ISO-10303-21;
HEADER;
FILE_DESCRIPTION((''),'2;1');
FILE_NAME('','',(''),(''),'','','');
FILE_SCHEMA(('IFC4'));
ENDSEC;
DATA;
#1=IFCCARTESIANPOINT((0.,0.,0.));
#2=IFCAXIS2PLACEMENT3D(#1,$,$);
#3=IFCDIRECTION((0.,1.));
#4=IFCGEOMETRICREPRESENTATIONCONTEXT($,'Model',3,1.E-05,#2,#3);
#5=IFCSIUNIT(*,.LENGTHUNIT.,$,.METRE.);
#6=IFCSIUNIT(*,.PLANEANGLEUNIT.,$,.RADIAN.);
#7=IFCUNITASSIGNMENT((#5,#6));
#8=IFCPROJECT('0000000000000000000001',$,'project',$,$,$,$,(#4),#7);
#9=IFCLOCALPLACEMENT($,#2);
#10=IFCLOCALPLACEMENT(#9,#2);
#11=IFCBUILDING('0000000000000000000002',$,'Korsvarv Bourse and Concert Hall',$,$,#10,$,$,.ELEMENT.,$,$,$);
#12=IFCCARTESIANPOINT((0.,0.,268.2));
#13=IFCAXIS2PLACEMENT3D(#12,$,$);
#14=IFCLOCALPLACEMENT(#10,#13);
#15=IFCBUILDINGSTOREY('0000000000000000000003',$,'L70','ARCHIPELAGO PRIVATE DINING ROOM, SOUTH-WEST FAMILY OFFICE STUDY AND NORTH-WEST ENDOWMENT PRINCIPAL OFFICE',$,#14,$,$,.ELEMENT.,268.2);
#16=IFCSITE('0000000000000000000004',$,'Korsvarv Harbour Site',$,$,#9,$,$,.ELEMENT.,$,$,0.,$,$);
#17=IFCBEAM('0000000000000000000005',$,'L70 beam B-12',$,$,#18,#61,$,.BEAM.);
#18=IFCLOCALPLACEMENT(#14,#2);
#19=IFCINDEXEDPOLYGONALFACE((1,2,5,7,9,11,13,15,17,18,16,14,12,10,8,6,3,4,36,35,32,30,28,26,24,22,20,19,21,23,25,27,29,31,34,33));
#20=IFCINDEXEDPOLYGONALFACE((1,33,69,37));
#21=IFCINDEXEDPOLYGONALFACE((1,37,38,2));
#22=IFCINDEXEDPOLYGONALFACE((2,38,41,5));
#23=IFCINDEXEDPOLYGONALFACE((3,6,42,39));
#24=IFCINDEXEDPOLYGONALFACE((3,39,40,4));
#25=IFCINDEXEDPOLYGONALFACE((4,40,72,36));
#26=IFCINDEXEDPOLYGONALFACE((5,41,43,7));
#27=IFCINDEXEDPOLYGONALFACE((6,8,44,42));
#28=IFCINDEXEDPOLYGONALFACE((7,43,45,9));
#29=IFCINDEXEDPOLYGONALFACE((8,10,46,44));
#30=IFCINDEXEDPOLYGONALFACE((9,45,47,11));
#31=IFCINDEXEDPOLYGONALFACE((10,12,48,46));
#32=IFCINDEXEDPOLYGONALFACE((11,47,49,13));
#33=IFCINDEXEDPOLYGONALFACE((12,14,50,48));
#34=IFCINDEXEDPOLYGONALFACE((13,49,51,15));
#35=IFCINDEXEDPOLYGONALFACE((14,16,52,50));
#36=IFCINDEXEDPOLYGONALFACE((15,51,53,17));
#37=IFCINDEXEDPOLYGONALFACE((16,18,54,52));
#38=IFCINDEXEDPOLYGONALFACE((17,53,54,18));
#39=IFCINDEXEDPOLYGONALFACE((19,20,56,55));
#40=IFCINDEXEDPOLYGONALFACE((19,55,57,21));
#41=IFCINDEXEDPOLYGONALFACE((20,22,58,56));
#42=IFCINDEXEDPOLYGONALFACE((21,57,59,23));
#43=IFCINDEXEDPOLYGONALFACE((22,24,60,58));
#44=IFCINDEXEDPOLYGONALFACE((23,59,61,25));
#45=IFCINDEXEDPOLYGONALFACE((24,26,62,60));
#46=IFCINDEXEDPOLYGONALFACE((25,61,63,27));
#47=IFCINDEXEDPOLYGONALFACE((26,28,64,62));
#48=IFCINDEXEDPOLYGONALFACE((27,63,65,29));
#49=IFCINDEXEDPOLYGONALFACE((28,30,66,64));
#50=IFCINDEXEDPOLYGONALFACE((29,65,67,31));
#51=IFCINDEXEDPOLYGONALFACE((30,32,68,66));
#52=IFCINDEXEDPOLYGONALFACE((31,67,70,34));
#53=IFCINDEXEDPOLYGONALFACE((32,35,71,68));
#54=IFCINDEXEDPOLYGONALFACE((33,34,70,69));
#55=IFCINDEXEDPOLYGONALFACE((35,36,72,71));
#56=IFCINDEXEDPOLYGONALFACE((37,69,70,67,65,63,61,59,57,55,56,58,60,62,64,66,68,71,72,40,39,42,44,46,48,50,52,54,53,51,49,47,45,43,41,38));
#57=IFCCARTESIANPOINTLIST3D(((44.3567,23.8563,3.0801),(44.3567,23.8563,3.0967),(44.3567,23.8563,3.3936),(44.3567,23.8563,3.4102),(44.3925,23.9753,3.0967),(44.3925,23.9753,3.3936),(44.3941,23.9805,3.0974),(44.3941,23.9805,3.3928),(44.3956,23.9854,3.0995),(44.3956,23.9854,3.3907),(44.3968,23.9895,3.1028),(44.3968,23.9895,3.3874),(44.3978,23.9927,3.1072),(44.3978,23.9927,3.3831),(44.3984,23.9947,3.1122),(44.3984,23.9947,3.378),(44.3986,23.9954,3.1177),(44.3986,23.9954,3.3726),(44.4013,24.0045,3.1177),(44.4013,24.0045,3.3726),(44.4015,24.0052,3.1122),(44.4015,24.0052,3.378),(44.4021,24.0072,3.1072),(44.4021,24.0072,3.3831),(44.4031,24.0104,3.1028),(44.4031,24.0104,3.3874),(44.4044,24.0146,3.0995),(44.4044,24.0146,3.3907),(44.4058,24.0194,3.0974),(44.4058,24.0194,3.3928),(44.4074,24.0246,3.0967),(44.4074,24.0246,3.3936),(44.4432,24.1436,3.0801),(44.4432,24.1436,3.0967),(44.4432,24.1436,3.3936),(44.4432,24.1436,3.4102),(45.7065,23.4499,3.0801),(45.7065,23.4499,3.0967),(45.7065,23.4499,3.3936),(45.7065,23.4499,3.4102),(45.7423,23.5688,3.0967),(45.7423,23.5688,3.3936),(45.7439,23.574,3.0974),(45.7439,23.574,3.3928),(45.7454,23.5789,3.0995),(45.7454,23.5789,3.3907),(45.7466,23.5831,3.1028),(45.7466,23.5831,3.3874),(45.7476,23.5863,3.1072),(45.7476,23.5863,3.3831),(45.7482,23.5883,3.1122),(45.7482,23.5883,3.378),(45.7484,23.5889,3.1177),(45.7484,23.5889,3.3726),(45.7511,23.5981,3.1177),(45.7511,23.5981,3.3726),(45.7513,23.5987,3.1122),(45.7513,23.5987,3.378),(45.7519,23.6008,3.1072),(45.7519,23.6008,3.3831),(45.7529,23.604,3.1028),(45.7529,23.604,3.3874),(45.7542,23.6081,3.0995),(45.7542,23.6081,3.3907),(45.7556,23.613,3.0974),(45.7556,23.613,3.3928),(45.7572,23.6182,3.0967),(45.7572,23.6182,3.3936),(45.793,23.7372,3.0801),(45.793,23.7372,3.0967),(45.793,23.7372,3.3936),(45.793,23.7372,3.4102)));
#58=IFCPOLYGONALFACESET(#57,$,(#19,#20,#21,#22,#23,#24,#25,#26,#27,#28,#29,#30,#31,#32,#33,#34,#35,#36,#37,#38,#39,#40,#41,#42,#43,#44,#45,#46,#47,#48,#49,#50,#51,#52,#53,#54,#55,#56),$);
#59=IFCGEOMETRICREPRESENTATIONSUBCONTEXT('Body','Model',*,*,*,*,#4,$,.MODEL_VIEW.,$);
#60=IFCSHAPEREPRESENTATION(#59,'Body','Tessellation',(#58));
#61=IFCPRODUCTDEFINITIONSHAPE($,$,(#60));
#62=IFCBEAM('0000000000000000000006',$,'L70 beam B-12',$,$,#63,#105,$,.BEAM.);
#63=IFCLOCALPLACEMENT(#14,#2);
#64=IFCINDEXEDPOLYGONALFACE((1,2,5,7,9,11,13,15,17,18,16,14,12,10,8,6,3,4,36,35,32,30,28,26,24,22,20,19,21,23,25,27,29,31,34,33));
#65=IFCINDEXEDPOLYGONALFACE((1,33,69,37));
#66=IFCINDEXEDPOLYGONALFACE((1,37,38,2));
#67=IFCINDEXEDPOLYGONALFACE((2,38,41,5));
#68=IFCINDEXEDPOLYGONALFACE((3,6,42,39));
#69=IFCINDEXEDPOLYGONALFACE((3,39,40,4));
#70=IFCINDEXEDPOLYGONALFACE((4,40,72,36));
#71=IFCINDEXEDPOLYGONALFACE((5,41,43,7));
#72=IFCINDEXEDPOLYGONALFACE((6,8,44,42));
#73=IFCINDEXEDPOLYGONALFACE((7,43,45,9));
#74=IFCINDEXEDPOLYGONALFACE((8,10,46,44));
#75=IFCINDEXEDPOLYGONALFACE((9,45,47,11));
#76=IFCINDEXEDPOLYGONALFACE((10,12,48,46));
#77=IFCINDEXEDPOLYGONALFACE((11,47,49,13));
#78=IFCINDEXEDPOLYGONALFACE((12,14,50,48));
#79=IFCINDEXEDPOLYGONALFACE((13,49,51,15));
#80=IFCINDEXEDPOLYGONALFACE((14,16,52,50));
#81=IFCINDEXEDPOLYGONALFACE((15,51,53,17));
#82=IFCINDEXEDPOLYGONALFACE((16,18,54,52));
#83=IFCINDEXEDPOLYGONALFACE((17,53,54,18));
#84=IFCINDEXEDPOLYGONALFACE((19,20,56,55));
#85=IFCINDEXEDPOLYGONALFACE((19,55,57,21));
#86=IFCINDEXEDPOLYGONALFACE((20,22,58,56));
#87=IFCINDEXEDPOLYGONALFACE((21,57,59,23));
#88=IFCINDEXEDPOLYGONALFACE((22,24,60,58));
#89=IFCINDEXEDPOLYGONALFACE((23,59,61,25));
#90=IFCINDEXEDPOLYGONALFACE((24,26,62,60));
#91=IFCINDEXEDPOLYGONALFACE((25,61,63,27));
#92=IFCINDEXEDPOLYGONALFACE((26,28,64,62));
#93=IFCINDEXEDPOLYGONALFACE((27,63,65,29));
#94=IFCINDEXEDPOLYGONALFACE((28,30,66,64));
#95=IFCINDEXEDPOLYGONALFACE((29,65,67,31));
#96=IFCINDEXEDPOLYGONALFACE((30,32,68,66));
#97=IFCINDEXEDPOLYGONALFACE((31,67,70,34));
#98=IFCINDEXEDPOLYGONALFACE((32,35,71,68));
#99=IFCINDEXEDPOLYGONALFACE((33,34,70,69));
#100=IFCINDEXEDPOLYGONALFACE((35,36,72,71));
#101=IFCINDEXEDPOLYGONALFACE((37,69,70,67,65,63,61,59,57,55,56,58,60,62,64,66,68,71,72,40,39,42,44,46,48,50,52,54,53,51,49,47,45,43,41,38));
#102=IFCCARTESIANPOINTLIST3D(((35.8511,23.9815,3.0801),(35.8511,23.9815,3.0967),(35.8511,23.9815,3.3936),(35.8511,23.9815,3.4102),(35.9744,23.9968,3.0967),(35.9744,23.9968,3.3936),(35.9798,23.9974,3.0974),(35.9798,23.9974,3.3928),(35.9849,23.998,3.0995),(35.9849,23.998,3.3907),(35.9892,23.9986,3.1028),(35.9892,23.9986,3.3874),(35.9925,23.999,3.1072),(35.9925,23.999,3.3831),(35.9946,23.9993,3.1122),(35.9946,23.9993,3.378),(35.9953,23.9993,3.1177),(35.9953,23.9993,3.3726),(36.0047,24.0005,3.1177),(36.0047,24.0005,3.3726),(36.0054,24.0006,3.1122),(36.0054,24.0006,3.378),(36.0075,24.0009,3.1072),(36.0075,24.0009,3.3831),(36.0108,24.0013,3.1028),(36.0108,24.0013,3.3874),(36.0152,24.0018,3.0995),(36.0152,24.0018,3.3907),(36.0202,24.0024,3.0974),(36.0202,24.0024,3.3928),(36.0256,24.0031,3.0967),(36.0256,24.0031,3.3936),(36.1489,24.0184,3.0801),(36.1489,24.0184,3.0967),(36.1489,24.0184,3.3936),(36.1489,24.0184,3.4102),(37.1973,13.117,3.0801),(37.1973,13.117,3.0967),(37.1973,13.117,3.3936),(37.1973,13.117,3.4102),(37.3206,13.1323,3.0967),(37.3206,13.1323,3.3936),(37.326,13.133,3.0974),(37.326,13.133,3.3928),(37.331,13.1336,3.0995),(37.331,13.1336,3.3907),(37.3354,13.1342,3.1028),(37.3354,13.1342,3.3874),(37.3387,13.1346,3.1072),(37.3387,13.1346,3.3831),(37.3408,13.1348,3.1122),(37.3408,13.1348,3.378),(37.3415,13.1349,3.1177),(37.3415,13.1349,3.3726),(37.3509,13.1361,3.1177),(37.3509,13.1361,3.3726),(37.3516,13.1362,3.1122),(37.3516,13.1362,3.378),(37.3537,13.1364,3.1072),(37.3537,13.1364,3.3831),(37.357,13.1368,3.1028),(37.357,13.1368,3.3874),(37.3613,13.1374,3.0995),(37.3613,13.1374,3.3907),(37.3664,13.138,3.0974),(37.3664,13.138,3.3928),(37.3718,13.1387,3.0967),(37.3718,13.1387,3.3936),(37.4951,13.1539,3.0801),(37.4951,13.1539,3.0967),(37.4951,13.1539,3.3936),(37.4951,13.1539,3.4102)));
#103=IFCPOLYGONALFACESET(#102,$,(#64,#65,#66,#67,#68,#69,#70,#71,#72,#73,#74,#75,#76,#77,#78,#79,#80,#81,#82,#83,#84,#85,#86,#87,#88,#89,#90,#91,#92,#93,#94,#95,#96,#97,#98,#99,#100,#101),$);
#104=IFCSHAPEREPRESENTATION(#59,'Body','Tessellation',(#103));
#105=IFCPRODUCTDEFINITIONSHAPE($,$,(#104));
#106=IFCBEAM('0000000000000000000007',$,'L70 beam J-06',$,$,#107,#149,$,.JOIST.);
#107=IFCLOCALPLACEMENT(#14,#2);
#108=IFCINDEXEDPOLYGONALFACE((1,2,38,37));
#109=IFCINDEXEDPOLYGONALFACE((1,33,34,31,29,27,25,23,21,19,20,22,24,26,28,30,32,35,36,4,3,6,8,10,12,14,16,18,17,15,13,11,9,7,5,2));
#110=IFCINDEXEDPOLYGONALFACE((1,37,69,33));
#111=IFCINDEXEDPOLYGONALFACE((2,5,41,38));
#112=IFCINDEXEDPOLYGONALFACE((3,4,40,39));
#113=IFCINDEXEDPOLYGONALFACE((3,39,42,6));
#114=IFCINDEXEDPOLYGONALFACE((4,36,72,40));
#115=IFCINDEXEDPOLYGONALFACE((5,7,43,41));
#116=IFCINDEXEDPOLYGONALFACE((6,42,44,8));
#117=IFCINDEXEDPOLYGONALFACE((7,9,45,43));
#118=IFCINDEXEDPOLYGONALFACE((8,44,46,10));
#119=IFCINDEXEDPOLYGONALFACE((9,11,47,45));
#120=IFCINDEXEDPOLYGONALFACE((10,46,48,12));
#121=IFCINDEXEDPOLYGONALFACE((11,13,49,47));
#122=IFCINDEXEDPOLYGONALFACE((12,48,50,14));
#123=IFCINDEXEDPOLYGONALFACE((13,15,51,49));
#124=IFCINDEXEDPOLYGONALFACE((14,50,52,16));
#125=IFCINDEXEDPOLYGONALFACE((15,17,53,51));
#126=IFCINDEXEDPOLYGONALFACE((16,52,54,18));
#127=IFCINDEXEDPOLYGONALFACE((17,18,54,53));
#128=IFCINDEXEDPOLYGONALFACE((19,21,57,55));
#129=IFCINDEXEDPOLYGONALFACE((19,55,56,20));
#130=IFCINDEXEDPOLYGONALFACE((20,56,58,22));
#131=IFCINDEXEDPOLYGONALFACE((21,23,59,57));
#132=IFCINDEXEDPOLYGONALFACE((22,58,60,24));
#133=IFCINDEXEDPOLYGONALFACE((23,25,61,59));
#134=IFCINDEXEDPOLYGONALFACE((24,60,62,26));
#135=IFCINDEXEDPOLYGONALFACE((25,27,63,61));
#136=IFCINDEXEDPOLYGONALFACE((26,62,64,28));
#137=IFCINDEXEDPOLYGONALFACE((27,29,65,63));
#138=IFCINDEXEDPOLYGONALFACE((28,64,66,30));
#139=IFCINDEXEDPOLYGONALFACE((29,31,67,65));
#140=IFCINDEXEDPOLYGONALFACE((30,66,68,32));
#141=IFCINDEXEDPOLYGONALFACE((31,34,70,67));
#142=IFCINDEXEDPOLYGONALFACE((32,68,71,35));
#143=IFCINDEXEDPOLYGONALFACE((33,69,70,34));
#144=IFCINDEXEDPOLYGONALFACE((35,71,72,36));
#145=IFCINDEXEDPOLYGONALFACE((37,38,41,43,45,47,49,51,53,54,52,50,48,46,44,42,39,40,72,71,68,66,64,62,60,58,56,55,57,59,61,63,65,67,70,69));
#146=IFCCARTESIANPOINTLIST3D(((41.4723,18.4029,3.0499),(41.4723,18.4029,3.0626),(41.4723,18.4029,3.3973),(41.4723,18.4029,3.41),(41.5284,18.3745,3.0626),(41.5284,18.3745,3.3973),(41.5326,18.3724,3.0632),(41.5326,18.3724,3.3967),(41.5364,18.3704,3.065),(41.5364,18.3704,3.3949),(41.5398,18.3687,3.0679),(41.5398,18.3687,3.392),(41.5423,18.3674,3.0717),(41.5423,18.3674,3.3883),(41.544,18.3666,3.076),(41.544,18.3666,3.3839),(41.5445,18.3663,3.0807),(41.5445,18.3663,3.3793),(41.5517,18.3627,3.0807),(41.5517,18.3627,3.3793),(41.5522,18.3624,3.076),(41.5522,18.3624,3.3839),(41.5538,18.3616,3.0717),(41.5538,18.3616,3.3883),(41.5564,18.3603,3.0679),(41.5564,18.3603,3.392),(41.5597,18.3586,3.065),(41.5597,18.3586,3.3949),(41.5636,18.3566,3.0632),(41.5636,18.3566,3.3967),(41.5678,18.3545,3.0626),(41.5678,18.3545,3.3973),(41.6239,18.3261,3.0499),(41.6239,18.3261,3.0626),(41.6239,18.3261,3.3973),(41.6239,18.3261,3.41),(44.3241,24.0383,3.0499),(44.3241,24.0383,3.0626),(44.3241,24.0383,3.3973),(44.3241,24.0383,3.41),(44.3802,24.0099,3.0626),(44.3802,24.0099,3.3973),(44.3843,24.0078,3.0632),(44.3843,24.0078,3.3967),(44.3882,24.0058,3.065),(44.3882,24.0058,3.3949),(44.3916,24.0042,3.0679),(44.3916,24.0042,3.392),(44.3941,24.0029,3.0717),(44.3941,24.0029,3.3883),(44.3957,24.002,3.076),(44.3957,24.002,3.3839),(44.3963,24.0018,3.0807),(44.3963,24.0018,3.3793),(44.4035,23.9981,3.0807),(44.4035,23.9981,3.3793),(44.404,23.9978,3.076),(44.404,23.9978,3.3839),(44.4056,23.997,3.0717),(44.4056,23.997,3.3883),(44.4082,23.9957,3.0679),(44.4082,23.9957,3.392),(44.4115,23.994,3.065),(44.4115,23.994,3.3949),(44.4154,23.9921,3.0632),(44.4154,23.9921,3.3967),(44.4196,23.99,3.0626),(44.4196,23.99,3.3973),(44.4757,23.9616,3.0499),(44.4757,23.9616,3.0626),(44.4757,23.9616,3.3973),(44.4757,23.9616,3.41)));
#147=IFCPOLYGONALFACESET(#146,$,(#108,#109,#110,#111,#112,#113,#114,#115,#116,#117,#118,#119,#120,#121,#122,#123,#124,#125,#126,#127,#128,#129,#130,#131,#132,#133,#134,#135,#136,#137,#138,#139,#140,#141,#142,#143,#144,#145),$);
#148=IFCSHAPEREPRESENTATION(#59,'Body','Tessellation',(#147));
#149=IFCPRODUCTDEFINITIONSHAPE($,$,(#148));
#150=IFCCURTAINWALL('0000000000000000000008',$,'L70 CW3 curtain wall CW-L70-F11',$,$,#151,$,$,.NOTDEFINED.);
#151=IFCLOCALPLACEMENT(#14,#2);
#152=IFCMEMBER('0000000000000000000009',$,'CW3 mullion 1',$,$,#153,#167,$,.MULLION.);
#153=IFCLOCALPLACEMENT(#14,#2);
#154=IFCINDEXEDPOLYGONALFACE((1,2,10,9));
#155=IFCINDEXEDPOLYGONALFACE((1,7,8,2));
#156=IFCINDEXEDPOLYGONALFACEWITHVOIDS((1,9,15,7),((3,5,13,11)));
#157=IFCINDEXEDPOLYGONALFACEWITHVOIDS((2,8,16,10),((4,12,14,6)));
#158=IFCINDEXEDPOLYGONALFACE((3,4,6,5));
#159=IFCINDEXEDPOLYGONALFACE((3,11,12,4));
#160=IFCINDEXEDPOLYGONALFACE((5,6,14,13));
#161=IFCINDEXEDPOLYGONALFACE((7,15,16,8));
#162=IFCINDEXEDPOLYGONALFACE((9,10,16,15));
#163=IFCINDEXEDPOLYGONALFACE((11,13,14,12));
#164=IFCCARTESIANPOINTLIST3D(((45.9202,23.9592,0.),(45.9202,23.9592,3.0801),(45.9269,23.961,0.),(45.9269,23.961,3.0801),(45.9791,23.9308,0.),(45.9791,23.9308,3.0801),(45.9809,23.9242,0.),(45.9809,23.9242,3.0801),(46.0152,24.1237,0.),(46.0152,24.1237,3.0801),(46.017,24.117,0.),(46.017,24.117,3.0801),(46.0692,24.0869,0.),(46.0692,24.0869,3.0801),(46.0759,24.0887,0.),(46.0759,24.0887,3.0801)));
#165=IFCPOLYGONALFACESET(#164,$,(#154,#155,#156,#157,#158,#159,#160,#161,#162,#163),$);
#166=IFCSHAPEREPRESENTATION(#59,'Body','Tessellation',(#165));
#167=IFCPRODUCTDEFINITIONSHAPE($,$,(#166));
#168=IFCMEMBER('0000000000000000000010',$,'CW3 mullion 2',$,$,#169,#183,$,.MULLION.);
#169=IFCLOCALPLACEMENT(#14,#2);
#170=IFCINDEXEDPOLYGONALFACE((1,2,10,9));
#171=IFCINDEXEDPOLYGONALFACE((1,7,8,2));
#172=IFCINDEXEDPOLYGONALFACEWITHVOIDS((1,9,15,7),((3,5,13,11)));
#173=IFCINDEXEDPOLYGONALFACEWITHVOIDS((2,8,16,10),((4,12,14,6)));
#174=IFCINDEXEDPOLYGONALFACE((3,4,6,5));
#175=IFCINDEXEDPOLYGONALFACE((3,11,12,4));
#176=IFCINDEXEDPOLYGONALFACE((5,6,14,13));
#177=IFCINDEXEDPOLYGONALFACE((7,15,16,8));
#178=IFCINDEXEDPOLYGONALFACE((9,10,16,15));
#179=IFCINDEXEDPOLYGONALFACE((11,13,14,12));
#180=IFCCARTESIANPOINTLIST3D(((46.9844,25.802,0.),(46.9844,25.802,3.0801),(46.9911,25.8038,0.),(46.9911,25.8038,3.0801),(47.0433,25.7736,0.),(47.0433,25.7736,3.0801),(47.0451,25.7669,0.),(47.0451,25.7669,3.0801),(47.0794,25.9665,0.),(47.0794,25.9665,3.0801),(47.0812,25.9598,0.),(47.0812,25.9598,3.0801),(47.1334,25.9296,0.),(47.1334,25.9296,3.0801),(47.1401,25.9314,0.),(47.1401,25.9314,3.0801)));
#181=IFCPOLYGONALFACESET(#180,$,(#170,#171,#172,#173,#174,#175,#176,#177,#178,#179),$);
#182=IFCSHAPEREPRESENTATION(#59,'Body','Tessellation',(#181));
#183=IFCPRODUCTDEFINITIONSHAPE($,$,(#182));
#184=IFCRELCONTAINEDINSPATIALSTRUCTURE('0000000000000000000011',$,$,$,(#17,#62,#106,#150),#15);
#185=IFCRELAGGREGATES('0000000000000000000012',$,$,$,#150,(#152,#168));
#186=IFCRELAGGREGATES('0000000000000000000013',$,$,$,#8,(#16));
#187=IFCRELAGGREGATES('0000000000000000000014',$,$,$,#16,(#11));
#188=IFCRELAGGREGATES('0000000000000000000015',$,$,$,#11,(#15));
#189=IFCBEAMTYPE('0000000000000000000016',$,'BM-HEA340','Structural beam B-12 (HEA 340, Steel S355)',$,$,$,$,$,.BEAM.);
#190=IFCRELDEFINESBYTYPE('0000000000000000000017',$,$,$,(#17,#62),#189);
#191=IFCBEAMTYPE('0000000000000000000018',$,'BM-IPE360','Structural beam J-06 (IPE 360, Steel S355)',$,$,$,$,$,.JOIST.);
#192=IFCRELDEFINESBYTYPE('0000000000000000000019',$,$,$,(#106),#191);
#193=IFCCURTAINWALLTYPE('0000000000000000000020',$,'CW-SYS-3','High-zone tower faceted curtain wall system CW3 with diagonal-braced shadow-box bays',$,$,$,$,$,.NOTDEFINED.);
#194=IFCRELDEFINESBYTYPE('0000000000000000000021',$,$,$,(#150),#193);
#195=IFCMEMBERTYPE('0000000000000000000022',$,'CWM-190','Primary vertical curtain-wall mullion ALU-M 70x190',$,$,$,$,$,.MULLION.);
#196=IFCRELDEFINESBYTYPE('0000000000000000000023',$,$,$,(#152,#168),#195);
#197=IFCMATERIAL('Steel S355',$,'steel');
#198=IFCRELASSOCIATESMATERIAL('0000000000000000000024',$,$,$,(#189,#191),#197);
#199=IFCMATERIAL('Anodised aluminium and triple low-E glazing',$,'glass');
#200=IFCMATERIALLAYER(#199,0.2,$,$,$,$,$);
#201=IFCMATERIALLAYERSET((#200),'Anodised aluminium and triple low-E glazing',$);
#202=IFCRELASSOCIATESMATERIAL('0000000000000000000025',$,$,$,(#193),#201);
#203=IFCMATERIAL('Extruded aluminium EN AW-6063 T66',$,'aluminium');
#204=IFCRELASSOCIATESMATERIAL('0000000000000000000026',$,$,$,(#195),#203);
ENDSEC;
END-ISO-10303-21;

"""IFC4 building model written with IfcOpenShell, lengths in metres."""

from ifc_helpers import new_model, si_unit, direction, frame, origin, origin_2d, place, context, subcontext, project, spatial, hollow_rectangle, i_section, extrude, source, transform, mapped, material, layer, layer_set, material_profile, profile_set, type_object, element, aggregate, save


model = new_model("IFC4")

# Units and contexts
model_context = context("Model", 3, precision=1e-05, world=origin(), true_north=direction((0.0, 1.0)))
body_context = subcontext(model_context, "Body", "Model", "MODEL_VIEW")
ifc_project = project(units=[si_unit("LENGTHUNIT", "METRE"), si_unit("PLANEANGLEUNIT", "RADIAN")], contexts=[model_context])

# Site, building, storey
site_placement = place(None, origin())
site = spatial("IfcSite", under=ifc_project, at=site_placement, Name="Korsvarv Harbour Site", CompositionType="ELEMENT", RefElevation=0.0)
building_placement = place(site_placement, origin())
building = spatial("IfcBuilding", under=site, at=building_placement, Name="Korsvarv Bourse and Concert Hall", CompositionType="ELEMENT")
storey_placement = place(building_placement, frame((0.0, 0.0, 268.2)))
storey = spatial("IfcBuildingStorey", under=building, at=storey_placement, Name="L70", Description="ARCHIPELAGO PRIVATE DINING ROOM, SOUTH-WEST FAMILY OFFICE STUDY AND NORTH-WEST ENDOWMENT PRINCIPAL OFFICE", CompositionType="ELEMENT", Elevation=268.2)

# Shared definitions
ifc_material_1 = material(Name="Steel S355", Category="steel")

# Beams
ifc_material_profile_1 = material_profile(ifc_material_1, i_section(OverallWidth=0.3, OverallDepth=0.3301, WebThickness=0.0095, FlangeThickness=0.0166, FilletRadius=0.021, at=origin_2d()), Name="HEA 340")
ifc_profile_set_1 = profile_set([ifc_material_profile_1], Name="Steel S355")
beam_type_1 = type_object("IfcBeamType", Name="BM-HEA340", Description="Structural beam B-12 (HEA 340, Steel S355)", PredefinedType="BEAM", material=ifc_profile_set_1)
shared_shape_1 = source(origin(), body_context, "Body", "SweptSolid", [
    extrude(i_section(OverallWidth=0.3, OverallDepth=0.3301, WebThickness=0.0095, FlangeThickness=0.0166, FilletRadius=0.021, at=origin_2d()), origin(), (0.0, 0.0, 1.0), 1.4097),
])
beam_1_placement = place(storey_placement, frame((45.7498, 23.5935, 3.2451), z_axis=(-0.957525, 0.288349, 0.0), x_axis=(-0.288349, -0.957525, 0.0)))
element("IfcBeam", 1, at=beam_1_placement, inside=storey, type_object=beam_type_1, Name="L70 beam B-12", PredefinedType="BEAM", context=body_context, shape_type="MappedRepresentation", body=[
    mapped(shared_shape_1, transform((0.0, 0.0, 0.0), scale=1.0)),
])
shared_shape_2 = source(origin(), body_context, "Body", "SweptSolid", [
    extrude(i_section(OverallWidth=0.3, OverallDepth=0.3301, WebThickness=0.0095, FlangeThickness=0.0166, FilletRadius=0.021, at=origin_2d()), origin(), (0.0, 0.0, 1.0), 10.9475),
])
beam_2_placement = place(storey_placement, frame((37.3462, 13.1355, 3.2451), z_axis=(-0.122967, 0.992411, 0.0), x_axis=(-0.992411, -0.122967, 0.0)))
element("IfcBeam", 2, at=beam_2_placement, inside=storey, type_object=beam_type_1, Name="L70 beam B-12", PredefinedType="BEAM", context=body_context, shape_type="MappedRepresentation", body=[
    mapped(shared_shape_2, transform((0.0, 0.0, 0.0), scale=1.0)),
])
ifc_material_profile_2 = material_profile(ifc_material_1, i_section(OverallWidth=0.1699, OverallDepth=0.3601, WebThickness=0.0081, FlangeThickness=0.0127, FilletRadius=0.0181, at=origin_2d()), Name="IPE 360")
ifc_profile_set_2 = profile_set([ifc_material_profile_2], Name="Steel S355")
beam_type_2 = type_object("IfcBeamType", Name="BM-IPE360", Description="Structural beam J-06 (IPE 360, Steel S355)", PredefinedType="JOIST", material=ifc_profile_set_2)
shared_shape_3 = source(origin(), body_context, "Body", "SweptSolid", [
    extrude(i_section(OverallWidth=0.1699, OverallDepth=0.3601, WebThickness=0.0081, FlangeThickness=0.0127, FilletRadius=0.0181, at=origin_2d()), origin(), (0.0, 0.0, 1.0), 6.3159),
])
beam_3_placement = place(storey_placement, frame((41.5481, 18.3645, 3.23), z_axis=(0.451522, 0.89226, 0.0), x_axis=(-0.89226, 0.451522, 0.0)))
element("IfcBeam", 3, at=beam_3_placement, inside=storey, type_object=beam_type_2, Name="L70 beam J-06", PredefinedType="JOIST", context=body_context, shape_type="MappedRepresentation", body=[
    mapped(shared_shape_3, transform((0.0, 0.0, 0.0), scale=1.0)),
])

# Curtain wall, members
ifc_material_2 = material(Name="Anodised aluminium and triple low-E glazing", Category="glass")
ifc_layer_1 = layer(ifc_material_2, 0.2)
ifc_layer_set_1 = layer_set([ifc_layer_1], Name="Anodised aluminium and triple low-E glazing")
curtain_wall_type = type_object("IfcCurtainWallType", Name="CW-SYS-3", Description="High-zone tower faceted curtain wall system CW3 with diagonal-braced shadow-box bays", PredefinedType="NOTDEFINED", material=ifc_layer_set_1)
curtain_wall_placement = place(storey_placement, origin())
curtain_wall = element("IfcCurtainWall", 4, at=curtain_wall_placement, inside=storey, type_object=curtain_wall_type, Name="L70 CW3 curtain wall CW-L70-F11", PredefinedType="NOTDEFINED")
ifc_material_3 = material(Name="Extruded aluminium EN AW-6063 T66", Category="aluminium")
ifc_material_profile_3 = material_profile(ifc_material_3, hollow_rectangle(XDim=0.0701, YDim=0.1899, WallThickness=0.0049, at=origin_2d()), Name="ALU-M 70x190")
ifc_profile_set_3 = profile_set([ifc_material_profile_3], Name="Extruded aluminium EN AW-6063 T66")
member_type_1 = type_object("IfcMemberType", Name="CWM-190", Description="Primary vertical curtain-wall mullion ALU-M 70x190", PredefinedType="MULLION", material=ifc_profile_set_3)
shared_shape_4 = source(origin(), body_context, "Body", "SweptSolid", [
    extrude(hollow_rectangle(XDim=0.0701, YDim=0.1899, WallThickness=0.0049, at=origin_2d()), origin(), (0.0, 0.0, 1.0), 3.0801),
])
member_1_placement = place(storey_placement, frame((45.998, 24.0239, 0.0), z_axis=(0.0, 0.0, 1.0), x_axis=(-0.866023, 0.500004, 0.0)))
member_1 = element("IfcMember", 5, at=member_1_placement, type_object=member_type_1, Name="CW3 mullion 1", PredefinedType="MULLION", context=body_context, shape_type="MappedRepresentation", body=[
    mapped(shared_shape_4, transform((0.0, 0.0, 0.0), scale=1.0)),
])
member_2_placement = place(storey_placement, frame((47.0623, 25.8667, 0.0), z_axis=(0.0, 0.0, 1.0), x_axis=(-0.866023, 0.500004, 0.0)))
member_2 = element("IfcMember", 6, at=member_2_placement, type_object=member_type_1, Name="CW3 mullion 2", PredefinedType="MULLION", context=body_context, shape_type="MappedRepresentation", body=[
    mapped(shared_shape_4, transform((0.0, 0.0, 0.0), scale=1.0)),
])
aggregate(curtain_wall, [member_1, member_2])

save(model, "model.ifc")
